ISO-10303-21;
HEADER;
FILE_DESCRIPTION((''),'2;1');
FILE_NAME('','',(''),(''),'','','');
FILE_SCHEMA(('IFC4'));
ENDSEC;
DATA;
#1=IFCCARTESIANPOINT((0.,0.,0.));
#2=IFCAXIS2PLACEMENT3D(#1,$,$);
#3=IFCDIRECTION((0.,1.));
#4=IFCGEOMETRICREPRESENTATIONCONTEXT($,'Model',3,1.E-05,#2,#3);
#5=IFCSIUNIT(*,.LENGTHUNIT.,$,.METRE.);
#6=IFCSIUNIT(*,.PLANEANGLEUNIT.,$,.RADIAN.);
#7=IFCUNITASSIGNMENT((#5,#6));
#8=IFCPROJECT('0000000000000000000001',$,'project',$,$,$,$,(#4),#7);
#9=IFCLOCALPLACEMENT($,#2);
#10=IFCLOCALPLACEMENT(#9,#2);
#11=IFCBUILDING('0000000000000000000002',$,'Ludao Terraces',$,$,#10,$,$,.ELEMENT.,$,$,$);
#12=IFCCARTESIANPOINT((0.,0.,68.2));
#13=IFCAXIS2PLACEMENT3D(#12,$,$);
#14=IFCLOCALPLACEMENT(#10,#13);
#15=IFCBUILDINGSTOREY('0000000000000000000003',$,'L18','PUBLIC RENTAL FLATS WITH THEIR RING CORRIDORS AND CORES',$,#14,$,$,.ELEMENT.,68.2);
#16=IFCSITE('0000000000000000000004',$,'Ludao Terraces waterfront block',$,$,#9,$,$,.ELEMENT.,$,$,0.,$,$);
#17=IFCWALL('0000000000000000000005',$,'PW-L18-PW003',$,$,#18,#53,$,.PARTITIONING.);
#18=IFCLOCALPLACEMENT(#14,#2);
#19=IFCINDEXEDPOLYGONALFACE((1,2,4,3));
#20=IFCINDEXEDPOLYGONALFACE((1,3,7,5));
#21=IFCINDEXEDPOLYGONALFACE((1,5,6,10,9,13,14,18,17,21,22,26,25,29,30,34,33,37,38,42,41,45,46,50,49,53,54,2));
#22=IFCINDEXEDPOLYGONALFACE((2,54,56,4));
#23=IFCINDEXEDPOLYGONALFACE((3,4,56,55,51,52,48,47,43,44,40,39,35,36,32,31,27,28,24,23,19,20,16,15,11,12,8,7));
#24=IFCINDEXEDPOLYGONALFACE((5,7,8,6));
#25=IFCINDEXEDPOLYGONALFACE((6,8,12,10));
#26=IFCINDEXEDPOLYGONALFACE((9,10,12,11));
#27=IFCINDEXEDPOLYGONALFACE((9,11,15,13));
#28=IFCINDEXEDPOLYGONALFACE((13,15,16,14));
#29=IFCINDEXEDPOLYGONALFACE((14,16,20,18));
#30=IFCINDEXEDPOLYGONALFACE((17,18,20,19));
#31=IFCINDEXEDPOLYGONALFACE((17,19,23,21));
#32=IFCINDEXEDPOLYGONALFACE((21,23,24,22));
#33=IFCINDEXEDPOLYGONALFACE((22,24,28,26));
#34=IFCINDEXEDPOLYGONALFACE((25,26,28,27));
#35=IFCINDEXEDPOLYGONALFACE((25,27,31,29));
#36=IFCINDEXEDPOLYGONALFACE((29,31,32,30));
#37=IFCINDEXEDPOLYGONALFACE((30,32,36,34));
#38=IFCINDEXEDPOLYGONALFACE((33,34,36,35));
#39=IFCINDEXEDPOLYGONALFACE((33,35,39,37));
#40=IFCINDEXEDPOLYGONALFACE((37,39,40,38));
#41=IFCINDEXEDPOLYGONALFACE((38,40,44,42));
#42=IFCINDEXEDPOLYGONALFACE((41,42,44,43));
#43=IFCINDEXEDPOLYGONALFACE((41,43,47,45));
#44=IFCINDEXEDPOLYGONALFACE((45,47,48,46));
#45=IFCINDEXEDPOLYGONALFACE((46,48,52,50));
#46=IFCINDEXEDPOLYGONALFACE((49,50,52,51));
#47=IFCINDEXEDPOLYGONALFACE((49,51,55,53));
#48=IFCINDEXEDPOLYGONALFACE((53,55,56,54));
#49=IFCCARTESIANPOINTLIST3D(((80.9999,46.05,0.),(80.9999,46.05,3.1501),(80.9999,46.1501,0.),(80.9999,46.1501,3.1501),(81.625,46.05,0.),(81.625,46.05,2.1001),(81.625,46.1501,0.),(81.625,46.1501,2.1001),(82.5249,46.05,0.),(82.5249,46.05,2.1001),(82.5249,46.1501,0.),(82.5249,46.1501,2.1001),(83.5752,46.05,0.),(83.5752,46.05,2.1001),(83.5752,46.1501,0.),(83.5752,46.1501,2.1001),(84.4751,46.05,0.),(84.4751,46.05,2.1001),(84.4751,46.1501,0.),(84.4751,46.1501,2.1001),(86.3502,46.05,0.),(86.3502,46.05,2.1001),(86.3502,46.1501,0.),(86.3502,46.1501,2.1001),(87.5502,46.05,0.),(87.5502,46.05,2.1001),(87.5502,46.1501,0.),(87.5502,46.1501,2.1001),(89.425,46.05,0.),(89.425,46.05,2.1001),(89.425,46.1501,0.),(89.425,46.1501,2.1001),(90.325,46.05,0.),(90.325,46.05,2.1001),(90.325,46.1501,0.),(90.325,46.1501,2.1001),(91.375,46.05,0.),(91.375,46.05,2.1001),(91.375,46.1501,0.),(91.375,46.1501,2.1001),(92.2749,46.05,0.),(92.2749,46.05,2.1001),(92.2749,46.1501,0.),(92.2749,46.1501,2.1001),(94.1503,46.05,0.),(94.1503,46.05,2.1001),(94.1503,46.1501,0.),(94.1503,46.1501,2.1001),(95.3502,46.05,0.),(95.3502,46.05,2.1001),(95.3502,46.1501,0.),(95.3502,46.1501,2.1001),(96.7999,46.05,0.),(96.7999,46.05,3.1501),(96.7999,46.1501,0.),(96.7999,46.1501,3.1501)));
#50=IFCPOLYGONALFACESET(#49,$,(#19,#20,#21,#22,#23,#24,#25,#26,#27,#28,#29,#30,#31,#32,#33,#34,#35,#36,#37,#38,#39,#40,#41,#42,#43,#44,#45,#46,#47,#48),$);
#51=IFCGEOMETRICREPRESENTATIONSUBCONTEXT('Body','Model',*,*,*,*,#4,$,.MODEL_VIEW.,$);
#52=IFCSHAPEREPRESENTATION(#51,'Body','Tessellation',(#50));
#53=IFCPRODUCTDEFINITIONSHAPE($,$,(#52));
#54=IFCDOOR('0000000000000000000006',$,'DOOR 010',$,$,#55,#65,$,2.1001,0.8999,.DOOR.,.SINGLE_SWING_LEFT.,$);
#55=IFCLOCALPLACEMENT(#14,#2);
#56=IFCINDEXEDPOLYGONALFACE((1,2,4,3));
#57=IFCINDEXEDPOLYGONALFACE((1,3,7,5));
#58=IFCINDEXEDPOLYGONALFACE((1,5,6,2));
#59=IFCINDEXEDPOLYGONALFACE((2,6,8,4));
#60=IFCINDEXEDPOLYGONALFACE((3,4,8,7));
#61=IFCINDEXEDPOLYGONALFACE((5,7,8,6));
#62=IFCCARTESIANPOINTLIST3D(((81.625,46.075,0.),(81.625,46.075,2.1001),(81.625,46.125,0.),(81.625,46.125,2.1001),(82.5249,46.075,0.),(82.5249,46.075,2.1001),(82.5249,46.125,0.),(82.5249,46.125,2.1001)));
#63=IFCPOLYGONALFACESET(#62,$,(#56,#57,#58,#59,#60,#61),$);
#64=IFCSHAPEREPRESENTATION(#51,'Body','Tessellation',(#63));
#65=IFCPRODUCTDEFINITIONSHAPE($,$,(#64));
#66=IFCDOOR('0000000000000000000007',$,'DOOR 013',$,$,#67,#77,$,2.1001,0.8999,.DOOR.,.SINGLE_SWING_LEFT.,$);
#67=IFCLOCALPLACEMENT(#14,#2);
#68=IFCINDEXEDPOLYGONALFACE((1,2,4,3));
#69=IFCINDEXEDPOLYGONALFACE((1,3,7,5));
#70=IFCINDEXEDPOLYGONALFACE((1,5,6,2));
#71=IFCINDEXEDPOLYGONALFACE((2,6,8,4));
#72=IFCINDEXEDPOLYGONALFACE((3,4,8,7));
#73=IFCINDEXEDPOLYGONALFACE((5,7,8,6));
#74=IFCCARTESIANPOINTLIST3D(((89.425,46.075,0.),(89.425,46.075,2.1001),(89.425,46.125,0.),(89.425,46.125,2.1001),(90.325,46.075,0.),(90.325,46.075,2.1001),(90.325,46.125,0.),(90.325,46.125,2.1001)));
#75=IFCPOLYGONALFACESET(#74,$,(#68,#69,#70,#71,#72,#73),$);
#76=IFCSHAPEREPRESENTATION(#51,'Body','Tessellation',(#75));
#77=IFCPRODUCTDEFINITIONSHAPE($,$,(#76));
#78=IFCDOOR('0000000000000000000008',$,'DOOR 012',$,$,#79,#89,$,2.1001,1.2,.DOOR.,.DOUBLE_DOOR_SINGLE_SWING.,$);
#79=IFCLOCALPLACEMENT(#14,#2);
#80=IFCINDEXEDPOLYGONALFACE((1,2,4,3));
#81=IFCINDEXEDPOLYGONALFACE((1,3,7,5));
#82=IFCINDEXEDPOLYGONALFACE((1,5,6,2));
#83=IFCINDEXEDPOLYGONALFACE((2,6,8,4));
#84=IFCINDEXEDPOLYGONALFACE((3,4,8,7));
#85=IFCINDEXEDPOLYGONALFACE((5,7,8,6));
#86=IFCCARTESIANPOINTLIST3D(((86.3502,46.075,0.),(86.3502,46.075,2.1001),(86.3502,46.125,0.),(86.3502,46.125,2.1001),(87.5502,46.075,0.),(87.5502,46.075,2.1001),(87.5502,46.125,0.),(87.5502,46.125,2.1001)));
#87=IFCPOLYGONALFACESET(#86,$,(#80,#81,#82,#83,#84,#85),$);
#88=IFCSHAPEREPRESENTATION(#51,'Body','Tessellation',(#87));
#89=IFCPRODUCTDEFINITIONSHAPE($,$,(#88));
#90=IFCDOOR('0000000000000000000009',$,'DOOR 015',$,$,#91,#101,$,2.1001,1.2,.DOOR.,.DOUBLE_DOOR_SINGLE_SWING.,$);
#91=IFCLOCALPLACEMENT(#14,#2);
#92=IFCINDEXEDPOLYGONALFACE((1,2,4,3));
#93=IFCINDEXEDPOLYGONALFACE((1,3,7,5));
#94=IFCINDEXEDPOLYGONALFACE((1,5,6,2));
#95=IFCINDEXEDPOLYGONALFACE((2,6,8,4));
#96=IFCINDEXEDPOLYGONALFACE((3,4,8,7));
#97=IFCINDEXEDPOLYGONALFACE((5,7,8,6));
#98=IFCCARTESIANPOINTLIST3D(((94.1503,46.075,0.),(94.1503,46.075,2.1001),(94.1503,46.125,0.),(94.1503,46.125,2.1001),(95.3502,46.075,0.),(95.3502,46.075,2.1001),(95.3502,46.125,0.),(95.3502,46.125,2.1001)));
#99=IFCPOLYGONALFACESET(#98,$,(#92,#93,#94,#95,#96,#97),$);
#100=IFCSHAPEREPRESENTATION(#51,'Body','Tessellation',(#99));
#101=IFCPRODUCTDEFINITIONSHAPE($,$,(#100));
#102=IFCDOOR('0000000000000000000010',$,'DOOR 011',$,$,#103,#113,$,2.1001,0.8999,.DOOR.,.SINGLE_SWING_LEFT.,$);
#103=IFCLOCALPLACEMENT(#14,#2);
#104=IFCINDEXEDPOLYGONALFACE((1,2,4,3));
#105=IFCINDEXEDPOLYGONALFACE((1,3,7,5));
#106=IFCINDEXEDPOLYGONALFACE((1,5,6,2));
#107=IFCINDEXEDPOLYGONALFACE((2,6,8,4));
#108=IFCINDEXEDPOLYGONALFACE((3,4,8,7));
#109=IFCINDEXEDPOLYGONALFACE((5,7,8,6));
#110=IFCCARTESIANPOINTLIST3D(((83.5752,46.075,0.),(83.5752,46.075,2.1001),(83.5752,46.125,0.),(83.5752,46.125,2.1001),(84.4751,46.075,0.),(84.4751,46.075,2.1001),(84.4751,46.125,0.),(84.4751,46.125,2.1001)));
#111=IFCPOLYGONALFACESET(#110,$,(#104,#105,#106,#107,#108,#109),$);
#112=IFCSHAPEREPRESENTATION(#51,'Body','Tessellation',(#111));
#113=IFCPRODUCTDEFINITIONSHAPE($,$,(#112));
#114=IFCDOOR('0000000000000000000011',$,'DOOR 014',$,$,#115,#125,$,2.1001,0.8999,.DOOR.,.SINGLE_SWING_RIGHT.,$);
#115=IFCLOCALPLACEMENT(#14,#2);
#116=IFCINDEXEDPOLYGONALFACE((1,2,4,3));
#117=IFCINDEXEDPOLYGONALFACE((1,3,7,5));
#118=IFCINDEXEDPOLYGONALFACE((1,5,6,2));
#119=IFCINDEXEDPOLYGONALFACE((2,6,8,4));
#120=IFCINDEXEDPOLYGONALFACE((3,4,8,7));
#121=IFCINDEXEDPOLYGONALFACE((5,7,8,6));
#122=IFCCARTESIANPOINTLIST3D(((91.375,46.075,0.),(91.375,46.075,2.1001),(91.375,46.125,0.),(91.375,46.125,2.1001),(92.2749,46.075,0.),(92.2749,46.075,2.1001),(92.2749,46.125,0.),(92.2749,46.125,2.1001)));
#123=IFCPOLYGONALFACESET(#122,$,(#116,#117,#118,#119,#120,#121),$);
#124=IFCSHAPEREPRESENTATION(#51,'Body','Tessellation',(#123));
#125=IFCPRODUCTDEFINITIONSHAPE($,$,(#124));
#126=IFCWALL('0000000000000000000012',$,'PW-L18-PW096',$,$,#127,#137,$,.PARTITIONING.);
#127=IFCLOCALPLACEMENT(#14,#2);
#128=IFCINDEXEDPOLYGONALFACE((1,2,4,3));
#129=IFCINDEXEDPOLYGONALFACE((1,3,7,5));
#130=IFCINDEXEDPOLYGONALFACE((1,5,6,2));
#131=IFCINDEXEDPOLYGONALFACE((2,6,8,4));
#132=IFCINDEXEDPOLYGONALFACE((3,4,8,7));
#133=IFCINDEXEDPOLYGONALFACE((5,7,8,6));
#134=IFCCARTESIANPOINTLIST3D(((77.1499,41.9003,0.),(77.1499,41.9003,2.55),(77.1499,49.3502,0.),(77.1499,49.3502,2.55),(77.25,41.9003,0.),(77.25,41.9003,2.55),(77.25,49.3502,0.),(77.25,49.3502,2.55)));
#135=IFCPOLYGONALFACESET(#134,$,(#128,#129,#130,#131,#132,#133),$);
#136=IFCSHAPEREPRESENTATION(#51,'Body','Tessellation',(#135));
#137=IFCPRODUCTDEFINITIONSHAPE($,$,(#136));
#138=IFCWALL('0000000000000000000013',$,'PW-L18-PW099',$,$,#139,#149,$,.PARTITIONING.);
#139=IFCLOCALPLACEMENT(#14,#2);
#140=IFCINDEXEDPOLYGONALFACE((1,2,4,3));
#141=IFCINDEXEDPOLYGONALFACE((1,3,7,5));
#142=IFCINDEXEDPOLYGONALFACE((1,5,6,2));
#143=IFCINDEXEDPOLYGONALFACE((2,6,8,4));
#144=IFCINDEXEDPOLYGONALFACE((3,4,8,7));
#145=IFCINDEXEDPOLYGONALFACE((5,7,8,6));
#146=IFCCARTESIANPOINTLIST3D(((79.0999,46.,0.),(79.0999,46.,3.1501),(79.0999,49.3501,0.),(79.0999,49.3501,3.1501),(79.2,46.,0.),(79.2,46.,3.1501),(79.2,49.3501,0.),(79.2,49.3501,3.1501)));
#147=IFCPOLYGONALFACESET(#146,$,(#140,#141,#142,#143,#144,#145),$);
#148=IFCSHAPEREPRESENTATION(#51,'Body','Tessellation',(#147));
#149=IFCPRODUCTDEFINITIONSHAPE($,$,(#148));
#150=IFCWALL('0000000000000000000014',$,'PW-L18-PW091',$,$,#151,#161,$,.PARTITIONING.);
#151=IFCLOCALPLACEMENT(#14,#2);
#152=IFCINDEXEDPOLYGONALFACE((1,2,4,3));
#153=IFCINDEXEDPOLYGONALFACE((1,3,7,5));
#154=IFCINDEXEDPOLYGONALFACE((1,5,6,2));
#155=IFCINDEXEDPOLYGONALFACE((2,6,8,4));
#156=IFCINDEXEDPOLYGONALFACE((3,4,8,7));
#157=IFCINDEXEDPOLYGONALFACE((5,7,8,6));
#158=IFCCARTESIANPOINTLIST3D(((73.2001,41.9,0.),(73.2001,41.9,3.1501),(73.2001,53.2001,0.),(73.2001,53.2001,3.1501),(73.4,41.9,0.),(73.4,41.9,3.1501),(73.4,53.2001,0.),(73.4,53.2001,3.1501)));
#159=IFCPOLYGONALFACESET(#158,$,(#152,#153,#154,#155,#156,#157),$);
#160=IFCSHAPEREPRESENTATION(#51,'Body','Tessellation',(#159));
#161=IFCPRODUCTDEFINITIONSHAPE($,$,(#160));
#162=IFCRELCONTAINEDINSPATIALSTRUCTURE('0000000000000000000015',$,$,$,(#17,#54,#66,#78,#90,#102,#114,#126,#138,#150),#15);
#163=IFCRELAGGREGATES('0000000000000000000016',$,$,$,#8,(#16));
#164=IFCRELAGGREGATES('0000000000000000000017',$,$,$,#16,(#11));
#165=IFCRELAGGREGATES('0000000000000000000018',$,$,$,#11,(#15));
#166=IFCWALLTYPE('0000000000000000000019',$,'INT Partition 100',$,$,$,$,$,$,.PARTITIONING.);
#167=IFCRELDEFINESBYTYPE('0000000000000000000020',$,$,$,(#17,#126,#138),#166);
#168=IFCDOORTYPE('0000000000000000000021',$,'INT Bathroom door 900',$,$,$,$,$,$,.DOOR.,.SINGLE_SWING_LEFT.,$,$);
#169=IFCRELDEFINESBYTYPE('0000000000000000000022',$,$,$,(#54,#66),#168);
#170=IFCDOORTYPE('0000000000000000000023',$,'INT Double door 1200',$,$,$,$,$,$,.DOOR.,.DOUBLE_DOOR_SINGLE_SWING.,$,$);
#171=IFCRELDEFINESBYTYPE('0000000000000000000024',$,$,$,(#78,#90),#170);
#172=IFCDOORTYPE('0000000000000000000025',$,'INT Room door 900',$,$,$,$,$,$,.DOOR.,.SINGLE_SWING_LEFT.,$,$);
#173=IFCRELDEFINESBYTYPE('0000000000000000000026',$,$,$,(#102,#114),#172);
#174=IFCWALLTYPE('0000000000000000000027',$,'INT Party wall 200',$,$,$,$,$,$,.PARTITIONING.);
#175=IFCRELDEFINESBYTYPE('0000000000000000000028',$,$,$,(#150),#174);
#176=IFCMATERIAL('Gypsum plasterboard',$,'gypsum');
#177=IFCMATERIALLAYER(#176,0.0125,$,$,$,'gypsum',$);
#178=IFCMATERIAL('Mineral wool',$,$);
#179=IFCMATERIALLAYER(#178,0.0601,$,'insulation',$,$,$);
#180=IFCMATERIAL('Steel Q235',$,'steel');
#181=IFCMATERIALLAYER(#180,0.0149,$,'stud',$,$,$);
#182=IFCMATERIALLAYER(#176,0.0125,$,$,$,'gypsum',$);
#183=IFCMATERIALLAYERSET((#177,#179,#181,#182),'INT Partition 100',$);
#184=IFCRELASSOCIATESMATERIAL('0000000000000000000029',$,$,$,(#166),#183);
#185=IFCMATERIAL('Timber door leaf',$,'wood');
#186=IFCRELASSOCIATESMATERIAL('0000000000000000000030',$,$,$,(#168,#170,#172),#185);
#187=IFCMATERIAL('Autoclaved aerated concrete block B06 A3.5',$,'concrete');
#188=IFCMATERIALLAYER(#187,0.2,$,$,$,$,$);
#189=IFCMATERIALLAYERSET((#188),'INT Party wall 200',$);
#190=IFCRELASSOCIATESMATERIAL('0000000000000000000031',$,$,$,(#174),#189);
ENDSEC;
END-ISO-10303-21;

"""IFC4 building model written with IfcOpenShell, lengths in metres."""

from ifc_helpers import new_model, si_unit, direction, frame, frame_2d, origin, place, context, subcontext, project, spatial, rectangle, extrude, material, layer, layer_set, type_object, element, fill, save


model = new_model("IFC4")

# Units and contexts
model_context = context("Model", 3, precision=1e-05, world=origin(), true_north=direction((0.0, 1.0)))
body_context = subcontext(model_context, "Body", "Model", "MODEL_VIEW")
ifc_project = project(units=[si_unit("LENGTHUNIT", "METRE"), si_unit("PLANEANGLEUNIT", "RADIAN")], contexts=[model_context])

# Site, building, storey
site_placement = place(None, origin())
site = spatial("IfcSite", under=ifc_project, at=site_placement, Name="Ludao Terraces waterfront block", CompositionType="ELEMENT", RefElevation=0.0)
building_placement = place(site_placement, origin())
building = spatial("IfcBuilding", under=site, at=building_placement, Name="Ludao Terraces", CompositionType="ELEMENT")
storey_placement = place(building_placement, frame((0.0, 0.0, 68.2)))
storey = spatial("IfcBuildingStorey", under=building, at=storey_placement, Name="L18", Description="PUBLIC RENTAL FLATS WITH THEIR RING CORRIDORS AND CORES", CompositionType="ELEMENT", Elevation=68.2)

# Shared definitions
ifc_material_1 = material(Name="Mineral wool")

# Wall, openings, doors
ifc_material_2 = material(Name="Gypsum plasterboard", Category="gypsum")
ifc_layer_1 = layer(ifc_material_2, 0.0125, Category="gypsum")
ifc_layer_2 = layer(ifc_material_1, 0.0601, Name="insulation")
ifc_material_3 = material(Name="Steel Q235", Category="steel")
ifc_layer_3 = layer(ifc_material_3, 0.0149, Name="stud")
ifc_layer_4 = layer(ifc_material_2, 0.0125, Category="gypsum")
ifc_layer_set_1 = layer_set([ifc_layer_1, ifc_layer_2, ifc_layer_3, ifc_layer_4], Name="INT Partition 100")
wall_type_1 = type_object("IfcWallType", Name="INT Partition 100", PredefinedType="PARTITIONING", material=ifc_layer_set_1)
wall_1_placement = place(storey_placement, frame((81.0, 46.1001, 0.0), z_axis=(0.0, 0.0, 1.0), x_axis=(1.0, 0.0, 0.0)))
wall_1 = element("IfcWall", 1, at=wall_1_placement, inside=storey, type_object=wall_type_1, Name="PW-L18-PW003", PredefinedType="PARTITIONING", context=body_context, shape_type="SweptSolid", body=[
    extrude(rectangle(XDim=15.8, YDim=0.1001, at=frame_2d((7.8999, 0.0))), origin(), (0.0, 0.0, 1.0), 3.1501),
])
opening_1_placement = place(wall_1_placement, frame((0.625, 0.0, 0.0)))
opening_1 = element("IfcOpeningElement", 2, at=opening_1_placement, cuts=wall_1, PredefinedType="OPENING", context=body_context, shape_type="SweptSolid", body=[
    extrude(rectangle(XDim=0.8999, YDim=2.1001, at=frame_2d((0.45, 1.05))), frame((0.0, 0.0601, 0.0), z_axis=(0.0, -1.0, 0.0), x_axis=(1.0, 0.0, 0.0)), (0.0, 0.0, 1.0), 0.1201),
])
opening_2_placement = place(wall_1_placement, frame((2.5752, 0.0, 0.0)))
opening_2 = element("IfcOpeningElement", 3, at=opening_2_placement, cuts=wall_1, PredefinedType="OPENING", context=body_context, shape_type="SweptSolid", body=[
    extrude(rectangle(XDim=0.8999, YDim=2.1001, at=frame_2d((0.45, 1.05))), frame((0.0, 0.0601, 0.0), z_axis=(0.0, -1.0, 0.0), x_axis=(1.0, 0.0, 0.0)), (0.0, 0.0, 1.0), 0.1201),
])
opening_3_placement = place(wall_1_placement, frame((5.3501, 0.0, 0.0)))
opening_3 = element("IfcOpeningElement", 4, at=opening_3_placement, cuts=wall_1, PredefinedType="OPENING", context=body_context, shape_type="SweptSolid", body=[
    extrude(rectangle(XDim=1.2, YDim=2.1001, at=frame_2d((0.6001, 1.05))), frame((0.0, 0.0601, 0.0), z_axis=(0.0, -1.0, 0.0), x_axis=(1.0, 0.0, 0.0)), (0.0, 0.0, 1.0), 0.1201),
])
opening_4_placement = place(wall_1_placement, frame((8.425, 0.0, 0.0)))
opening_4 = element("IfcOpeningElement", 5, at=opening_4_placement, cuts=wall_1, PredefinedType="OPENING", context=body_context, shape_type="SweptSolid", body=[
    extrude(rectangle(XDim=0.8999, YDim=2.1001, at=frame_2d((0.45, 1.05))), frame((0.0, 0.0601, 0.0), z_axis=(0.0, -1.0, 0.0), x_axis=(1.0, 0.0, 0.0)), (0.0, 0.0, 1.0), 0.1201),
])
opening_5_placement = place(wall_1_placement, frame((10.375, 0.0, 0.0)))
opening_5 = element("IfcOpeningElement", 6, at=opening_5_placement, cuts=wall_1, PredefinedType="OPENING", context=body_context, shape_type="SweptSolid", body=[
    extrude(rectangle(XDim=0.8999, YDim=2.1001, at=frame_2d((0.45, 1.05))), frame((0.0, 0.0601, 0.0), z_axis=(0.0, -1.0, 0.0), x_axis=(1.0, 0.0, 0.0)), (0.0, 0.0, 1.0), 0.1201),
])
opening_6_placement = place(wall_1_placement, frame((13.1501, 0.0, 0.0)))
opening_6 = element("IfcOpeningElement", 7, at=opening_6_placement, cuts=wall_1, PredefinedType="OPENING", context=body_context, shape_type="SweptSolid", body=[
    extrude(rectangle(XDim=1.2, YDim=2.1001, at=frame_2d((0.6001, 1.05))), frame((0.0, 0.0601, 0.0), z_axis=(0.0, -1.0, 0.0), x_axis=(1.0, 0.0, 0.0)), (0.0, 0.0, 1.0), 0.1201),
])
ifc_material_4 = material(Name="Timber door leaf", Category="wood")
door_type_1 = type_object("IfcDoorType", Name="INT Bathroom door 900", OperationType="SINGLE_SWING_LEFT", PredefinedType="DOOR", material=ifc_material_4)
door_1_placement = place(opening_1_placement, origin())
door_1 = element("IfcDoor", 8, at=door_1_placement, inside=storey, type_object=door_type_1, Name="DOOR 010", OperationType="SINGLE_SWING_LEFT", OverallHeight=2.1001, OverallWidth=0.8999, PredefinedType="DOOR", context=body_context, shape_type="SweptSolid", body=[
    extrude(rectangle(XDim=0.8999, YDim=2.1001, at=frame_2d((0.45, 1.05))), frame((0.0, 0.0249, 0.0), z_axis=(0.0, -1.0, 0.0), x_axis=(1.0, 0.0, 0.0)), (0.0, 0.0, 1.0), 0.05),
])
fill(opening_1, door_1)
door_2_placement = place(opening_4_placement, origin())
door_2 = element("IfcDoor", 9, at=door_2_placement, inside=storey, type_object=door_type_1, Name="DOOR 013", OperationType="SINGLE_SWING_LEFT", OverallHeight=2.1001, OverallWidth=0.8999, PredefinedType="DOOR", context=body_context, shape_type="SweptSolid", body=[
    extrude(rectangle(XDim=0.8999, YDim=2.1001, at=frame_2d((0.45, 1.05))), frame((0.0, 0.0249, 0.0), z_axis=(0.0, -1.0, 0.0), x_axis=(1.0, 0.0, 0.0)), (0.0, 0.0, 1.0), 0.05),
])
fill(opening_4, door_2)
door_type_2 = type_object("IfcDoorType", Name="INT Double door 1200", OperationType="DOUBLE_DOOR_SINGLE_SWING", PredefinedType="DOOR", material=ifc_material_4)
door_3_placement = place(opening_3_placement, origin())
door_3 = element("IfcDoor", 10, at=door_3_placement, inside=storey, type_object=door_type_2, Name="DOOR 012", OperationType="DOUBLE_DOOR_SINGLE_SWING", OverallHeight=2.1001, OverallWidth=1.2, PredefinedType="DOOR", context=body_context, shape_type="SweptSolid", body=[
    extrude(rectangle(XDim=1.2, YDim=2.1001, at=frame_2d((0.6001, 1.05))), frame((0.0, 0.0249, 0.0), z_axis=(0.0, -1.0, 0.0), x_axis=(1.0, 0.0, 0.0)), (0.0, 0.0, 1.0), 0.05),
])
fill(opening_3, door_3)
door_4_placement = place(opening_6_placement, origin())
door_4 = element("IfcDoor", 11, at=door_4_placement, inside=storey, type_object=door_type_2, Name="DOOR 015", OperationType="DOUBLE_DOOR_SINGLE_SWING", OverallHeight=2.1001, OverallWidth=1.2, PredefinedType="DOOR", context=body_context, shape_type="SweptSolid", body=[
    extrude(rectangle(XDim=1.2, YDim=2.1001, at=frame_2d((0.6001, 1.05))), frame((0.0, 0.0249, 0.0), z_axis=(0.0, -1.0, 0.0), x_axis=(1.0, 0.0, 0.0)), (0.0, 0.0, 1.0), 0.05),
])
fill(opening_6, door_4)
door_type_3 = type_object("IfcDoorType", Name="INT Room door 900", OperationType="SINGLE_SWING_LEFT", PredefinedType="DOOR", material=ifc_material_4)
door_5_placement = place(opening_2_placement, origin())
door_5 = element("IfcDoor", 12, at=door_5_placement, inside=storey, type_object=door_type_3, Name="DOOR 011", OperationType="SINGLE_SWING_LEFT", OverallHeight=2.1001, OverallWidth=0.8999, PredefinedType="DOOR", context=body_context, shape_type="SweptSolid", body=[
    extrude(rectangle(XDim=0.8999, YDim=2.1001, at=frame_2d((0.45, 1.05))), frame((0.0, 0.0249, 0.0), z_axis=(0.0, -1.0, 0.0), x_axis=(1.0, 0.0, 0.0)), (0.0, 0.0, 1.0), 0.05),
])
fill(opening_2, door_5)
door_6_placement = place(opening_5_placement, origin())
door_6 = element("IfcDoor", 13, at=door_6_placement, inside=storey, type_object=door_type_3, Name="DOOR 014", OperationType="SINGLE_SWING_RIGHT", OverallHeight=2.1001, OverallWidth=0.8999, PredefinedType="DOOR", context=body_context, shape_type="SweptSolid", body=[
    extrude(rectangle(XDim=0.8999, YDim=2.1001, at=frame_2d((0.45, 1.05))), frame((0.0, 0.0249, 0.0), z_axis=(0.0, -1.0, 0.0), x_axis=(1.0, 0.0, 0.0)), (0.0, 0.0, 1.0), 0.05),
])
fill(opening_5, door_6)

# Walls
wall_2_placement = place(storey_placement, frame((77.2, 41.9001, 0.0), z_axis=(0.0, 0.0, 1.0), x_axis=(0.0, 1.0, 0.0)))
element("IfcWall", 14, at=wall_2_placement, inside=storey, type_object=wall_type_1, Name="PW-L18-PW096", PredefinedType="PARTITIONING", context=body_context, shape_type="SweptSolid", body=[
    extrude(rectangle(XDim=7.45, YDim=0.1001, at=frame_2d((3.7251, 0.0))), origin(), (0.0, 0.0, 1.0), 2.55),
])
wall_3_placement = place(storey_placement, frame((79.1499, 46.0, 0.0), z_axis=(0.0, 0.0, 1.0), x_axis=(0.0, 1.0, 0.0)))
element("IfcWall", 15, at=wall_3_placement, inside=storey, type_object=wall_type_1, Name="PW-L18-PW099", PredefinedType="PARTITIONING", context=body_context, shape_type="SweptSolid", body=[
    extrude(rectangle(XDim=3.3501, YDim=0.1001, at=frame_2d((1.675, 0.0))), origin(), (0.0, 0.0, 1.0), 3.1501),
])
ifc_material_5 = material(Name="Autoclaved aerated concrete block B06 A3.5", Category="concrete")
ifc_layer_5 = layer(ifc_material_5, 0.2)
ifc_layer_set_2 = layer_set([ifc_layer_5], Name="INT Party wall 200")
wall_type_2 = type_object("IfcWallType", Name="INT Party wall 200", PredefinedType="PARTITIONING", material=ifc_layer_set_2)
for number, where, z_axis, x_axis, name in (
    (16, (73.3, 41.9001, 0.0), (0.0, 0.0, 1.0), (0.0, 1.0, 0.0), "PW-L18-PW091"),
):
    element("IfcWall", number, at=place(storey_placement, frame(where, z_axis=z_axis, x_axis=x_axis)), inside=storey, type_object=wall_type_2, Name=name, PredefinedType="PARTITIONING", context=body_context, shape_type="SweptSolid", body=[
        extrude(rectangle(XDim=11.3, YDim=0.2, at=frame_2d((5.6499, 0.0))), origin(), (0.0, 0.0, 1.0), 3.1501),
    ])

save(model, "model.ifc")
